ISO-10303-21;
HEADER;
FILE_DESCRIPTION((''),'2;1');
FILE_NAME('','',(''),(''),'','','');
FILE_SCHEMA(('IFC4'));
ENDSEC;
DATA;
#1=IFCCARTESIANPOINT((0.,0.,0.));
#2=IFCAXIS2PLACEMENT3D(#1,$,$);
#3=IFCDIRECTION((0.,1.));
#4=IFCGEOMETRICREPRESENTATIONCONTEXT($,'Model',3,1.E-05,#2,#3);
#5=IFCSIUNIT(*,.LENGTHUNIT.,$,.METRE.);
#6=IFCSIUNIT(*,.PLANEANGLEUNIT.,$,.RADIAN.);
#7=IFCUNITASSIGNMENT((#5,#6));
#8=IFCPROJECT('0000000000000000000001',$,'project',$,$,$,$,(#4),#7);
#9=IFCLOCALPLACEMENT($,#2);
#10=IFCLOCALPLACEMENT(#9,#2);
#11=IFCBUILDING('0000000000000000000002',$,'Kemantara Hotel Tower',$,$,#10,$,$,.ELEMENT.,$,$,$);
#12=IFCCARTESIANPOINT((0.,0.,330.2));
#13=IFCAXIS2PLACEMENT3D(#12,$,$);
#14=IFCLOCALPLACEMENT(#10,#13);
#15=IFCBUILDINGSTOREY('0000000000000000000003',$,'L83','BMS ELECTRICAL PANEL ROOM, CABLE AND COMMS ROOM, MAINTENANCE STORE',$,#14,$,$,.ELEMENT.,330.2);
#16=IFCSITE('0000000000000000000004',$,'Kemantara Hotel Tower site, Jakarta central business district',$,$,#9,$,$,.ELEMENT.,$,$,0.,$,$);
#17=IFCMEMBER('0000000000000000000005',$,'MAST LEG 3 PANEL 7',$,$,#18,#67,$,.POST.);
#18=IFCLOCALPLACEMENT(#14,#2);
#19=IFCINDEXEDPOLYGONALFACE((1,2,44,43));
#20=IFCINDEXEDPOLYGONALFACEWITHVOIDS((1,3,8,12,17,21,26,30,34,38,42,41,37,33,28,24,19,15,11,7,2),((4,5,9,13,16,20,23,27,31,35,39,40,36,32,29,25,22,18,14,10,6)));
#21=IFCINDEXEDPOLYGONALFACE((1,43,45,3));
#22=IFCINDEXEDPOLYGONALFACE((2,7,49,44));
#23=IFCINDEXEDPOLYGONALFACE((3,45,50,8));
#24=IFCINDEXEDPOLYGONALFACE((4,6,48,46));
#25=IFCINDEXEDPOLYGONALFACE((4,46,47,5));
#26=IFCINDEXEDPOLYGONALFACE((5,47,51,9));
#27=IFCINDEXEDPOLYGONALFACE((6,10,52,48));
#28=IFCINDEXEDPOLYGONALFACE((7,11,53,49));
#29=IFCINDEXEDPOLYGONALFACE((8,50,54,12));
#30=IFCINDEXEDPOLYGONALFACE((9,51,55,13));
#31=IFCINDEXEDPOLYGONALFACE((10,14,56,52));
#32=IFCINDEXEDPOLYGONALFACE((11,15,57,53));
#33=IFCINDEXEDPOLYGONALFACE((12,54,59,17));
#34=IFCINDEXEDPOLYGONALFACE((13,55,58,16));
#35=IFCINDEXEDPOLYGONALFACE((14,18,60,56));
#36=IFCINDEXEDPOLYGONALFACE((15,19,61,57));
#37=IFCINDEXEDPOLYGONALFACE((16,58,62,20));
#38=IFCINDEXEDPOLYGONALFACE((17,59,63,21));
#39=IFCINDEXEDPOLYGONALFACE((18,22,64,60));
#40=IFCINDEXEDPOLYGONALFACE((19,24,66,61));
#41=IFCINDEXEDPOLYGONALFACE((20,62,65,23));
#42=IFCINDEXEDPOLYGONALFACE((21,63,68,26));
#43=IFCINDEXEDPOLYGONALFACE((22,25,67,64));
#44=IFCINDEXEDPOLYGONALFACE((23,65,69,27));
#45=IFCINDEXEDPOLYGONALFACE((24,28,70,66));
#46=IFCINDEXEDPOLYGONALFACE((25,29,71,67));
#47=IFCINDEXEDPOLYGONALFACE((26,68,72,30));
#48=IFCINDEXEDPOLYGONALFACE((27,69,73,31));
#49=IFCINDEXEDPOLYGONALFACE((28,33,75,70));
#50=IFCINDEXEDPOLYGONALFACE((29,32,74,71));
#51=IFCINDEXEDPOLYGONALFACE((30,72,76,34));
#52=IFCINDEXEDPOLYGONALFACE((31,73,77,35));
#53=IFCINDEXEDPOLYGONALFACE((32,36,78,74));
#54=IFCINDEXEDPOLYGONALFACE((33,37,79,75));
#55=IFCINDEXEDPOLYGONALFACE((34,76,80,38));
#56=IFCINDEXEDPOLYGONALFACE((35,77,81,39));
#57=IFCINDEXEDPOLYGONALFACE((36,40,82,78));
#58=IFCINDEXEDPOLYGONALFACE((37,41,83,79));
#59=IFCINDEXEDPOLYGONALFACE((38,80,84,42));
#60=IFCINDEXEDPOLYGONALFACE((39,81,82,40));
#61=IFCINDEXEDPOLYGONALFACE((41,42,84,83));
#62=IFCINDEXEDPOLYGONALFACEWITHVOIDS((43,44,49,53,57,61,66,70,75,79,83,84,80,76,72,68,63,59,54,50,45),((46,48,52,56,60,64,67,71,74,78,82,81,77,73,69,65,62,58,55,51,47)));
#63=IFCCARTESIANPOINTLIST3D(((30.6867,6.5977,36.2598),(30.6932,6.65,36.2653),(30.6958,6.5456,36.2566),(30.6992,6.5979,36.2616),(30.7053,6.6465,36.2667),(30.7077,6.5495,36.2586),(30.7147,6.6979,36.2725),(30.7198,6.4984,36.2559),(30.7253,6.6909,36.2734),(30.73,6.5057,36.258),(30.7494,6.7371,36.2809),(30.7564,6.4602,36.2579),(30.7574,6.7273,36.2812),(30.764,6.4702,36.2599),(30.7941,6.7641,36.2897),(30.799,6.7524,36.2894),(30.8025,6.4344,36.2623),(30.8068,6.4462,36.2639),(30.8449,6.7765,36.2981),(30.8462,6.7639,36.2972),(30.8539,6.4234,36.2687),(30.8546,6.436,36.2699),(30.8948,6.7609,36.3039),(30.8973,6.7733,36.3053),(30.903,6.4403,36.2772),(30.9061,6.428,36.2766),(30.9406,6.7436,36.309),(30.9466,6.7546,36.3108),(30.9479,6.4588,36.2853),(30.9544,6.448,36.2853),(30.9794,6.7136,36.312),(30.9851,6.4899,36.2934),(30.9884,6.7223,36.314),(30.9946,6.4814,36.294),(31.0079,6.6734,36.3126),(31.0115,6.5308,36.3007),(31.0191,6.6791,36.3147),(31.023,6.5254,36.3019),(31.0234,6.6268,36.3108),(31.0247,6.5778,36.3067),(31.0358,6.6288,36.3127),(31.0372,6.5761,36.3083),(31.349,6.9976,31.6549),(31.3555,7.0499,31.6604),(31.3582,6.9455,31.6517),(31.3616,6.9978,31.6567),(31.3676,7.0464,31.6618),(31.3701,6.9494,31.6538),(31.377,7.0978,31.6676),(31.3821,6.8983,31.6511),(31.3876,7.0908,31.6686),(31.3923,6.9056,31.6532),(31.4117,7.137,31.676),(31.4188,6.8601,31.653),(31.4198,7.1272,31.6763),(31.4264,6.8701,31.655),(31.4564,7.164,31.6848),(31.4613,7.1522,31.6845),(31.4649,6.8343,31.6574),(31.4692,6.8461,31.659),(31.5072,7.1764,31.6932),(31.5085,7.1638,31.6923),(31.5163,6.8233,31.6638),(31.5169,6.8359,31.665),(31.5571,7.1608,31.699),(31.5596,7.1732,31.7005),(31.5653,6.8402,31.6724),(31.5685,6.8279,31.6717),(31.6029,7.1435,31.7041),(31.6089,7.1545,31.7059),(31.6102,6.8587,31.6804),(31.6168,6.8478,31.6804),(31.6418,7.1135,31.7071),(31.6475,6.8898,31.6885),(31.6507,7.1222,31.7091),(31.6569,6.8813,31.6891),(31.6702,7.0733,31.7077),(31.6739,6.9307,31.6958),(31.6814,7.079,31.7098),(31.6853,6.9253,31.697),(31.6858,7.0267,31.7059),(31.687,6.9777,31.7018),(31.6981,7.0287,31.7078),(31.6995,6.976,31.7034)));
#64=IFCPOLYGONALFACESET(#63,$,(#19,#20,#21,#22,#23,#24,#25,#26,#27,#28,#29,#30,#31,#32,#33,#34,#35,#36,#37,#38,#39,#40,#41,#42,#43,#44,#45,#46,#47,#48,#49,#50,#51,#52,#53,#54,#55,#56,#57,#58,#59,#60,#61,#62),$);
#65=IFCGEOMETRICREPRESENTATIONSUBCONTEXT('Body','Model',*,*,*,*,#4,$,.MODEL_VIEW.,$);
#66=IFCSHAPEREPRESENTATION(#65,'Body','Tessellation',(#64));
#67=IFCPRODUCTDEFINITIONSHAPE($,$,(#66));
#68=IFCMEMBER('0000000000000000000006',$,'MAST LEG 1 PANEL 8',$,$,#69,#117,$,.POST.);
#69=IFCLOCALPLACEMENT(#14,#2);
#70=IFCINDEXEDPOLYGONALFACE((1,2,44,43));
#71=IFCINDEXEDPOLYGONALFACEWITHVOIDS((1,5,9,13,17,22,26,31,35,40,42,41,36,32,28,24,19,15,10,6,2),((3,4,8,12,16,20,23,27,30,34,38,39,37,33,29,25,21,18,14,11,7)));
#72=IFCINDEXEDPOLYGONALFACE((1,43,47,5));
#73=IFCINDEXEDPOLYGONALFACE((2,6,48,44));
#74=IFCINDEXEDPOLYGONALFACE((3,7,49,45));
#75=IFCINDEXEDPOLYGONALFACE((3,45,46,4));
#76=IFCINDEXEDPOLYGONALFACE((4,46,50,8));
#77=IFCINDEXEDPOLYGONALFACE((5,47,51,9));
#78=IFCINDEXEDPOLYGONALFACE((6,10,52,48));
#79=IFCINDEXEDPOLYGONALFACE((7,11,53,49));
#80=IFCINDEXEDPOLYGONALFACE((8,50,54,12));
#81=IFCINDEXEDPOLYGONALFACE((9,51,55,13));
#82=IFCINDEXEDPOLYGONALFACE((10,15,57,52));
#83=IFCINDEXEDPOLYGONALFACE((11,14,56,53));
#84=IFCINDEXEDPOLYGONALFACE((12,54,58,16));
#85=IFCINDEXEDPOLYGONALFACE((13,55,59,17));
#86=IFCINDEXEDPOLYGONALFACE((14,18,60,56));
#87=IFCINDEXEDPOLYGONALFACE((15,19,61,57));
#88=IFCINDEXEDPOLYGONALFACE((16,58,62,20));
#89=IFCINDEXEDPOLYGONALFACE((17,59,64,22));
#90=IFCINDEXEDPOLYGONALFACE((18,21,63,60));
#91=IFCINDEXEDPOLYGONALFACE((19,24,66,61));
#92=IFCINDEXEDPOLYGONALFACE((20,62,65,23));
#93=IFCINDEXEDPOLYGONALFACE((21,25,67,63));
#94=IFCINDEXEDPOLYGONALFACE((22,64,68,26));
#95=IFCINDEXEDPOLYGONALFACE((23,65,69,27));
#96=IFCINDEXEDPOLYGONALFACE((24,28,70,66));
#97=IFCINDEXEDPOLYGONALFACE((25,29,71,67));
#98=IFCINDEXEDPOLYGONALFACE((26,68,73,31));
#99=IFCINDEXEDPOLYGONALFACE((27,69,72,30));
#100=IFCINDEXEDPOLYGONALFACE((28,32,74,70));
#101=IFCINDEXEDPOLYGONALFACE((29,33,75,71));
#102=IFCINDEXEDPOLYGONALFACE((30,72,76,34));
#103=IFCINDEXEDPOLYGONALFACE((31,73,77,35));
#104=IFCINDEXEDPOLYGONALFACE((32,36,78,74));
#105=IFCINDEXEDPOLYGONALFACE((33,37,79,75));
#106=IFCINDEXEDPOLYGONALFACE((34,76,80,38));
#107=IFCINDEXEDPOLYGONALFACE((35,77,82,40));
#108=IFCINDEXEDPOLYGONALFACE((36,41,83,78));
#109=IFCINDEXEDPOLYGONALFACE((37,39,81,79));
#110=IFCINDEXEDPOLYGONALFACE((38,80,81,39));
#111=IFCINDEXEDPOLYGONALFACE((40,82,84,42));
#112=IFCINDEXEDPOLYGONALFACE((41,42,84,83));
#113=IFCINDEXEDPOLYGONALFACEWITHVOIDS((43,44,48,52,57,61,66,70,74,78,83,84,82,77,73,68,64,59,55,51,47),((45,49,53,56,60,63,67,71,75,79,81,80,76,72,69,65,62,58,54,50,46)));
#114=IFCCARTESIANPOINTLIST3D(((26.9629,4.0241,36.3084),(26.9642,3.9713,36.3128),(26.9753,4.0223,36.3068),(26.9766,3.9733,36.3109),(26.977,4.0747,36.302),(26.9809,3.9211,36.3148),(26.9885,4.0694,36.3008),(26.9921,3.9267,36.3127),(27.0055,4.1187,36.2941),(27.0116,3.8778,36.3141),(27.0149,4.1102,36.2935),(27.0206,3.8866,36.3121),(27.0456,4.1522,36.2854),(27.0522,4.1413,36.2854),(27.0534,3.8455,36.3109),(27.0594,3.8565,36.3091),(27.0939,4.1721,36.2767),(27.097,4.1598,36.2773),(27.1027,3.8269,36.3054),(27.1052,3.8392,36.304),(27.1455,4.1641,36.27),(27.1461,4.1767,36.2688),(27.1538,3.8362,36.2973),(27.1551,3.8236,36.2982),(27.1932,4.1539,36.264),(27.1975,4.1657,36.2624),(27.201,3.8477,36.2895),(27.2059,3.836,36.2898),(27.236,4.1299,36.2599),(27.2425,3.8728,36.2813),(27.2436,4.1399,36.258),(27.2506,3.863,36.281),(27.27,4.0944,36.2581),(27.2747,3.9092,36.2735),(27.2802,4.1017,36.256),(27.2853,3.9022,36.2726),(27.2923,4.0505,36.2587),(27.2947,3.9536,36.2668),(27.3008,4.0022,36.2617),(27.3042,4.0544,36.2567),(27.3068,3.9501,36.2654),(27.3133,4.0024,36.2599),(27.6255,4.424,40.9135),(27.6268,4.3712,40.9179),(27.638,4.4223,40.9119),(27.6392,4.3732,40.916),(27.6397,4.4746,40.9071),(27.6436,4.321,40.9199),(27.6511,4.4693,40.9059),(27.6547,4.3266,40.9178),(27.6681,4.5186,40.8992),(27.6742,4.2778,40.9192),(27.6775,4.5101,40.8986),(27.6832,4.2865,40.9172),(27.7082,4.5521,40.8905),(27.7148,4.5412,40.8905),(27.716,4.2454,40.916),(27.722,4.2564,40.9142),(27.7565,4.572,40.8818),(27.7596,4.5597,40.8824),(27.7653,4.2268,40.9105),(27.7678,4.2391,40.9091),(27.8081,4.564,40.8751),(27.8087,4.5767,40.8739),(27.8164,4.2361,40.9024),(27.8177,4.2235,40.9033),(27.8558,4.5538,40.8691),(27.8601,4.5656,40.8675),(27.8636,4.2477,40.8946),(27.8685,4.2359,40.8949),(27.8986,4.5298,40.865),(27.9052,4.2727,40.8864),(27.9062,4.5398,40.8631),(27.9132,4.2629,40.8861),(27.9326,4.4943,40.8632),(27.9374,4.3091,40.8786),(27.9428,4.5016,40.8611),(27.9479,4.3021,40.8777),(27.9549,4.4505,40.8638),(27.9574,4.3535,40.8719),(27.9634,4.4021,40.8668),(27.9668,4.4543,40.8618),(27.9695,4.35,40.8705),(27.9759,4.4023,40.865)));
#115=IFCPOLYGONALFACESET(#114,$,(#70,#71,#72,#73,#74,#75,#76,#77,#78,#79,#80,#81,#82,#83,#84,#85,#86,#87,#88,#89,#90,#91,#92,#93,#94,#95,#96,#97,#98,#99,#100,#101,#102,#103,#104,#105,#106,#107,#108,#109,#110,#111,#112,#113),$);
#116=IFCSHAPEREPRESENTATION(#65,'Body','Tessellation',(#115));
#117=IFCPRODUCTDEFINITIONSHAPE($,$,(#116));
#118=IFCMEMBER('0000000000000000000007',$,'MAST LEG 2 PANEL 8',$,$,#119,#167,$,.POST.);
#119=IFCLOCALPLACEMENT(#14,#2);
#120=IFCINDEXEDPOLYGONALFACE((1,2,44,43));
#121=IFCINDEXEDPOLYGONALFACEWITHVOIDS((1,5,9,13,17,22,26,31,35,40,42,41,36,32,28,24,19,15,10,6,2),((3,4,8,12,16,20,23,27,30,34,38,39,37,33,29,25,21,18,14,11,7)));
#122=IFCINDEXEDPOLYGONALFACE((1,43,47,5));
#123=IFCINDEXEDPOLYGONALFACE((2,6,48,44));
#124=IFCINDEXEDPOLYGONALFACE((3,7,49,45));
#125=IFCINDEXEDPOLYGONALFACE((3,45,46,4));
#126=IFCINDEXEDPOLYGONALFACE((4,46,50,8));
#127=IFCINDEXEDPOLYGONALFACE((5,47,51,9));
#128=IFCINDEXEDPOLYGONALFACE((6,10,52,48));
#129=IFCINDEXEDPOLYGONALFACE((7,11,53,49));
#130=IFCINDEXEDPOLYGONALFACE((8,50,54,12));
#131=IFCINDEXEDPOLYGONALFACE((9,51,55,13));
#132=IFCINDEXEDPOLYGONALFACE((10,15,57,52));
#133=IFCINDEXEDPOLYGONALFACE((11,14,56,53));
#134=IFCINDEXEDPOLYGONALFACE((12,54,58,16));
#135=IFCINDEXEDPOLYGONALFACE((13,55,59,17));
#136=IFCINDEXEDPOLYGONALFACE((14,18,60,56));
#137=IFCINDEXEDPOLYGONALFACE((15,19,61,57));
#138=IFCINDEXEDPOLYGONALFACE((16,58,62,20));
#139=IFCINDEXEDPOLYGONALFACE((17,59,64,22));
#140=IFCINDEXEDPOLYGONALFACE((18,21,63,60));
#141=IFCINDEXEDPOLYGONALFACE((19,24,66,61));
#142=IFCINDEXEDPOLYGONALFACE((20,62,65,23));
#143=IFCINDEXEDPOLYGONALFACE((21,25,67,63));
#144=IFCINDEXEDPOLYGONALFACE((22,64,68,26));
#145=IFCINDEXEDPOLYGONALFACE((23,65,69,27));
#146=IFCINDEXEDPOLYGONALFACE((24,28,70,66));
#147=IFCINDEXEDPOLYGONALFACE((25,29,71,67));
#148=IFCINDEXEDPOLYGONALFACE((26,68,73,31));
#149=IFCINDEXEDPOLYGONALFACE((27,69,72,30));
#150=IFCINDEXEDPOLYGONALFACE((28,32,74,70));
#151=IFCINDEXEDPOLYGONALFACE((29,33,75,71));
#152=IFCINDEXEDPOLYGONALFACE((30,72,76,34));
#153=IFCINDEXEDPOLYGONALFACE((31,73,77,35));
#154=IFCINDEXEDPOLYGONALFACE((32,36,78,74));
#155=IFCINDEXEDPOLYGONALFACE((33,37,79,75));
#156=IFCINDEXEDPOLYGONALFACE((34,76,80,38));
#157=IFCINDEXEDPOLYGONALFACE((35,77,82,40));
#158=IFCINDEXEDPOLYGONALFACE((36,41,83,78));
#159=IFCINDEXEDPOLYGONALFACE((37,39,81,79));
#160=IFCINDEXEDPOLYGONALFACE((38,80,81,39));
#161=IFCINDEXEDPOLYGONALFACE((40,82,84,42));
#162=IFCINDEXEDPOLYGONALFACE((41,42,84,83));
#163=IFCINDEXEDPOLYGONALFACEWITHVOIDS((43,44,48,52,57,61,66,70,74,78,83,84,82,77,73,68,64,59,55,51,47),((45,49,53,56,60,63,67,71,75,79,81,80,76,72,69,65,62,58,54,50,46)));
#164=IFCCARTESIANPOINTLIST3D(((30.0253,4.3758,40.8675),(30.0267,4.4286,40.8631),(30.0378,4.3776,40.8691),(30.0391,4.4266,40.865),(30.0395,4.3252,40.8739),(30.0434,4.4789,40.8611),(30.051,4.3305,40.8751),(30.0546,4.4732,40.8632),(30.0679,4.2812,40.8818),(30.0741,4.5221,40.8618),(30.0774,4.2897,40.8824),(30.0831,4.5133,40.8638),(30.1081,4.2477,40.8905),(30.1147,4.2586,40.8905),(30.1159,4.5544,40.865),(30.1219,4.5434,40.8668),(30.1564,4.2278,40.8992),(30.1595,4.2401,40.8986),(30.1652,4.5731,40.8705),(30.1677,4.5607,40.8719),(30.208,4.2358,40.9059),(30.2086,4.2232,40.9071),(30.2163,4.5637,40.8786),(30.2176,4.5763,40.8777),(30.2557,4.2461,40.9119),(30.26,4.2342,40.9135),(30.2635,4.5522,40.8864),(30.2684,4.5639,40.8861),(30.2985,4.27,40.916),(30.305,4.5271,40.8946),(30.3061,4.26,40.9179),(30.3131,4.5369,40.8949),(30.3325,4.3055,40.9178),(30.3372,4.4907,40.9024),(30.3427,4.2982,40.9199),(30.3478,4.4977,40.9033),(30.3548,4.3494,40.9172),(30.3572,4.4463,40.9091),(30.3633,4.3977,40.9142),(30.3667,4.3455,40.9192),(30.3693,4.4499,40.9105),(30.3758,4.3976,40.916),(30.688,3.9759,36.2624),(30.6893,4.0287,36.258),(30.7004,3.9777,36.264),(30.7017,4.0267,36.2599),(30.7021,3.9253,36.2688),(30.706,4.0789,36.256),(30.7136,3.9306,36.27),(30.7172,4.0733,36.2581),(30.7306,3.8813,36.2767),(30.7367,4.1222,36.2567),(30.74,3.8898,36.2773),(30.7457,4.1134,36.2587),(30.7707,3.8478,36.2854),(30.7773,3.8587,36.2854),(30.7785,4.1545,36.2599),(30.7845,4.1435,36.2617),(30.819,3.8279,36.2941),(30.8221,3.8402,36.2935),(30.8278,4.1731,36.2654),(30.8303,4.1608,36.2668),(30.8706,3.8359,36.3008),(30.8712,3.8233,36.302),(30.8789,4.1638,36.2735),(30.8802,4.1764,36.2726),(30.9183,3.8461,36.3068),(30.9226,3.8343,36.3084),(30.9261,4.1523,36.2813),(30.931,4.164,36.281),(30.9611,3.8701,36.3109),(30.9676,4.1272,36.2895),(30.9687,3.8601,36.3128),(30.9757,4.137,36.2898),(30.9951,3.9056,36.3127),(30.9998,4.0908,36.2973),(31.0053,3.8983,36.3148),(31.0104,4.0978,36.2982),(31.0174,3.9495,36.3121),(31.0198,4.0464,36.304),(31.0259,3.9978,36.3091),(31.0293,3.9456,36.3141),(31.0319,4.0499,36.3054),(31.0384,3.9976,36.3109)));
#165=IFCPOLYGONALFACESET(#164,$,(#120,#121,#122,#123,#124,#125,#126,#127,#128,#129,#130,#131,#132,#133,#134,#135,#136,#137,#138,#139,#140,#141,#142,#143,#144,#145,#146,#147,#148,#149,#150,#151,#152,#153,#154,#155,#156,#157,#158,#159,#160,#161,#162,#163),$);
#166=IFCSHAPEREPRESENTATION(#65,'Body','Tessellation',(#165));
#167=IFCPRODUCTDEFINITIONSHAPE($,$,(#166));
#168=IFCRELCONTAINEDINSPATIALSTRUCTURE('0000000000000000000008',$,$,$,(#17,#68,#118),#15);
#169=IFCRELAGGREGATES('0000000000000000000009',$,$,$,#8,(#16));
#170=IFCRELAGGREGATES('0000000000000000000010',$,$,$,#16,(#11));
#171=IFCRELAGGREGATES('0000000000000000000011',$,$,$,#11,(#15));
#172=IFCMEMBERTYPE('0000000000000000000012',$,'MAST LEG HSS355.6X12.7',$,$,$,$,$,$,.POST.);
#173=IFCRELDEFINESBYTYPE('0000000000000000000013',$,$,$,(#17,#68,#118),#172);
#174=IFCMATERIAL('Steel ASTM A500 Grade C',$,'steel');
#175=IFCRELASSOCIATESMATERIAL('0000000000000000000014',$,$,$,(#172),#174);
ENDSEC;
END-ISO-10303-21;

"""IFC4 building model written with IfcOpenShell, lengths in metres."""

from ifc_helpers import new_model, si_unit, direction, frame, origin, origin_2d, place, context, subcontext, project, spatial, hollow_circle, extrude, material, material_profile, profile_set, type_object, element, save


model = new_model("IFC4")

# Units and contexts
model_context = context("Model", 3, precision=1e-05, world=origin(), true_north=direction((0.0, 1.0)))
body_context = subcontext(model_context, "Body", "Model", "MODEL_VIEW")
ifc_project = project(units=[si_unit("LENGTHUNIT", "METRE"), si_unit("PLANEANGLEUNIT", "RADIAN")], contexts=[model_context])

# Site, building, storey
site_placement = place(None, origin())
site = spatial("IfcSite", under=ifc_project, at=site_placement, Name="Kemantara Hotel Tower site, Jakarta central business district", CompositionType="ELEMENT", RefElevation=0.0)
building_placement = place(site_placement, origin())
building = spatial("IfcBuilding", under=site, at=building_placement, Name="Kemantara Hotel Tower", CompositionType="ELEMENT")
storey_placement = place(building_placement, frame((0.0, 0.0, 330.2)))
storey = spatial("IfcBuildingStorey", under=building, at=storey_placement, Name="L83", Description="BMS ELECTRICAL PANEL ROOM, CABLE AND COMMS ROOM, MAINTENANCE STORE", CompositionType="ELEMENT", Elevation=330.2)

# Members
ifc_material = material(Name="Steel ASTM A500 Grade C", Category="steel")
ifc_material_profile_1 = material_profile(ifc_material, hollow_circle(Radius=0.1777, WallThickness=0.0127, at=origin_2d()), Name="HSS355.6X12.7")
ifc_profile_set_1 = profile_set([ifc_material_profile_1], Name="Steel ASTM A500 Grade C")
member_type_1 = type_object("IfcMemberType", Name="MAST LEG HSS355.6X12.7", PredefinedType="POST", material=ifc_profile_set_1)
for number, where, z_axis, x_axis, name in (
    (1, (31.5249, 7.0, 31.6804), (-0.141846, -0.085641, 0.986177), (0.51686, -0.85607, 0.0), "MAST LEG 3 PANEL 7"),
):
    element("IfcMember", number, at=place(storey_placement, frame(where, z_axis=z_axis, x_axis=x_axis)), inside=storey, type_object=member_type_1, Name=name, PredefinedType="POST", context=body_context, shape_type="SweptSolid", body=[
        extrude(hollow_circle(Radius=0.1777, WallThickness=0.0127, at=origin_2d()), origin(), (0.0, 0.0, 1.0), 4.6694),
    ])
for number, where, z_axis, x_axis, name in (
    (2, (27.1375, 4.0, 36.2854), (0.141897, 0.08564, 0.98617), (-0.516721, 0.856154, 0.0), "MAST LEG 1 PANEL 8"),
    (3, (30.8625, 4.0, 36.2854), (-0.141897, 0.08564, 0.98617), (-0.516721, -0.856154, 0.0), "MAST LEG 2 PANEL 8"),
):
    element("IfcMember", number, at=place(storey_placement, frame(where, z_axis=z_axis, x_axis=x_axis)), inside=storey, type_object=member_type_1, Name=name, PredefinedType="POST", context=body_context, shape_type="SweptSolid", body=[
        extrude(hollow_circle(Radius=0.1777, WallThickness=0.0127, at=origin_2d()), origin(), (0.0, 0.0, 1.0), 4.6697),
    ])

save(model, "model.ifc")
